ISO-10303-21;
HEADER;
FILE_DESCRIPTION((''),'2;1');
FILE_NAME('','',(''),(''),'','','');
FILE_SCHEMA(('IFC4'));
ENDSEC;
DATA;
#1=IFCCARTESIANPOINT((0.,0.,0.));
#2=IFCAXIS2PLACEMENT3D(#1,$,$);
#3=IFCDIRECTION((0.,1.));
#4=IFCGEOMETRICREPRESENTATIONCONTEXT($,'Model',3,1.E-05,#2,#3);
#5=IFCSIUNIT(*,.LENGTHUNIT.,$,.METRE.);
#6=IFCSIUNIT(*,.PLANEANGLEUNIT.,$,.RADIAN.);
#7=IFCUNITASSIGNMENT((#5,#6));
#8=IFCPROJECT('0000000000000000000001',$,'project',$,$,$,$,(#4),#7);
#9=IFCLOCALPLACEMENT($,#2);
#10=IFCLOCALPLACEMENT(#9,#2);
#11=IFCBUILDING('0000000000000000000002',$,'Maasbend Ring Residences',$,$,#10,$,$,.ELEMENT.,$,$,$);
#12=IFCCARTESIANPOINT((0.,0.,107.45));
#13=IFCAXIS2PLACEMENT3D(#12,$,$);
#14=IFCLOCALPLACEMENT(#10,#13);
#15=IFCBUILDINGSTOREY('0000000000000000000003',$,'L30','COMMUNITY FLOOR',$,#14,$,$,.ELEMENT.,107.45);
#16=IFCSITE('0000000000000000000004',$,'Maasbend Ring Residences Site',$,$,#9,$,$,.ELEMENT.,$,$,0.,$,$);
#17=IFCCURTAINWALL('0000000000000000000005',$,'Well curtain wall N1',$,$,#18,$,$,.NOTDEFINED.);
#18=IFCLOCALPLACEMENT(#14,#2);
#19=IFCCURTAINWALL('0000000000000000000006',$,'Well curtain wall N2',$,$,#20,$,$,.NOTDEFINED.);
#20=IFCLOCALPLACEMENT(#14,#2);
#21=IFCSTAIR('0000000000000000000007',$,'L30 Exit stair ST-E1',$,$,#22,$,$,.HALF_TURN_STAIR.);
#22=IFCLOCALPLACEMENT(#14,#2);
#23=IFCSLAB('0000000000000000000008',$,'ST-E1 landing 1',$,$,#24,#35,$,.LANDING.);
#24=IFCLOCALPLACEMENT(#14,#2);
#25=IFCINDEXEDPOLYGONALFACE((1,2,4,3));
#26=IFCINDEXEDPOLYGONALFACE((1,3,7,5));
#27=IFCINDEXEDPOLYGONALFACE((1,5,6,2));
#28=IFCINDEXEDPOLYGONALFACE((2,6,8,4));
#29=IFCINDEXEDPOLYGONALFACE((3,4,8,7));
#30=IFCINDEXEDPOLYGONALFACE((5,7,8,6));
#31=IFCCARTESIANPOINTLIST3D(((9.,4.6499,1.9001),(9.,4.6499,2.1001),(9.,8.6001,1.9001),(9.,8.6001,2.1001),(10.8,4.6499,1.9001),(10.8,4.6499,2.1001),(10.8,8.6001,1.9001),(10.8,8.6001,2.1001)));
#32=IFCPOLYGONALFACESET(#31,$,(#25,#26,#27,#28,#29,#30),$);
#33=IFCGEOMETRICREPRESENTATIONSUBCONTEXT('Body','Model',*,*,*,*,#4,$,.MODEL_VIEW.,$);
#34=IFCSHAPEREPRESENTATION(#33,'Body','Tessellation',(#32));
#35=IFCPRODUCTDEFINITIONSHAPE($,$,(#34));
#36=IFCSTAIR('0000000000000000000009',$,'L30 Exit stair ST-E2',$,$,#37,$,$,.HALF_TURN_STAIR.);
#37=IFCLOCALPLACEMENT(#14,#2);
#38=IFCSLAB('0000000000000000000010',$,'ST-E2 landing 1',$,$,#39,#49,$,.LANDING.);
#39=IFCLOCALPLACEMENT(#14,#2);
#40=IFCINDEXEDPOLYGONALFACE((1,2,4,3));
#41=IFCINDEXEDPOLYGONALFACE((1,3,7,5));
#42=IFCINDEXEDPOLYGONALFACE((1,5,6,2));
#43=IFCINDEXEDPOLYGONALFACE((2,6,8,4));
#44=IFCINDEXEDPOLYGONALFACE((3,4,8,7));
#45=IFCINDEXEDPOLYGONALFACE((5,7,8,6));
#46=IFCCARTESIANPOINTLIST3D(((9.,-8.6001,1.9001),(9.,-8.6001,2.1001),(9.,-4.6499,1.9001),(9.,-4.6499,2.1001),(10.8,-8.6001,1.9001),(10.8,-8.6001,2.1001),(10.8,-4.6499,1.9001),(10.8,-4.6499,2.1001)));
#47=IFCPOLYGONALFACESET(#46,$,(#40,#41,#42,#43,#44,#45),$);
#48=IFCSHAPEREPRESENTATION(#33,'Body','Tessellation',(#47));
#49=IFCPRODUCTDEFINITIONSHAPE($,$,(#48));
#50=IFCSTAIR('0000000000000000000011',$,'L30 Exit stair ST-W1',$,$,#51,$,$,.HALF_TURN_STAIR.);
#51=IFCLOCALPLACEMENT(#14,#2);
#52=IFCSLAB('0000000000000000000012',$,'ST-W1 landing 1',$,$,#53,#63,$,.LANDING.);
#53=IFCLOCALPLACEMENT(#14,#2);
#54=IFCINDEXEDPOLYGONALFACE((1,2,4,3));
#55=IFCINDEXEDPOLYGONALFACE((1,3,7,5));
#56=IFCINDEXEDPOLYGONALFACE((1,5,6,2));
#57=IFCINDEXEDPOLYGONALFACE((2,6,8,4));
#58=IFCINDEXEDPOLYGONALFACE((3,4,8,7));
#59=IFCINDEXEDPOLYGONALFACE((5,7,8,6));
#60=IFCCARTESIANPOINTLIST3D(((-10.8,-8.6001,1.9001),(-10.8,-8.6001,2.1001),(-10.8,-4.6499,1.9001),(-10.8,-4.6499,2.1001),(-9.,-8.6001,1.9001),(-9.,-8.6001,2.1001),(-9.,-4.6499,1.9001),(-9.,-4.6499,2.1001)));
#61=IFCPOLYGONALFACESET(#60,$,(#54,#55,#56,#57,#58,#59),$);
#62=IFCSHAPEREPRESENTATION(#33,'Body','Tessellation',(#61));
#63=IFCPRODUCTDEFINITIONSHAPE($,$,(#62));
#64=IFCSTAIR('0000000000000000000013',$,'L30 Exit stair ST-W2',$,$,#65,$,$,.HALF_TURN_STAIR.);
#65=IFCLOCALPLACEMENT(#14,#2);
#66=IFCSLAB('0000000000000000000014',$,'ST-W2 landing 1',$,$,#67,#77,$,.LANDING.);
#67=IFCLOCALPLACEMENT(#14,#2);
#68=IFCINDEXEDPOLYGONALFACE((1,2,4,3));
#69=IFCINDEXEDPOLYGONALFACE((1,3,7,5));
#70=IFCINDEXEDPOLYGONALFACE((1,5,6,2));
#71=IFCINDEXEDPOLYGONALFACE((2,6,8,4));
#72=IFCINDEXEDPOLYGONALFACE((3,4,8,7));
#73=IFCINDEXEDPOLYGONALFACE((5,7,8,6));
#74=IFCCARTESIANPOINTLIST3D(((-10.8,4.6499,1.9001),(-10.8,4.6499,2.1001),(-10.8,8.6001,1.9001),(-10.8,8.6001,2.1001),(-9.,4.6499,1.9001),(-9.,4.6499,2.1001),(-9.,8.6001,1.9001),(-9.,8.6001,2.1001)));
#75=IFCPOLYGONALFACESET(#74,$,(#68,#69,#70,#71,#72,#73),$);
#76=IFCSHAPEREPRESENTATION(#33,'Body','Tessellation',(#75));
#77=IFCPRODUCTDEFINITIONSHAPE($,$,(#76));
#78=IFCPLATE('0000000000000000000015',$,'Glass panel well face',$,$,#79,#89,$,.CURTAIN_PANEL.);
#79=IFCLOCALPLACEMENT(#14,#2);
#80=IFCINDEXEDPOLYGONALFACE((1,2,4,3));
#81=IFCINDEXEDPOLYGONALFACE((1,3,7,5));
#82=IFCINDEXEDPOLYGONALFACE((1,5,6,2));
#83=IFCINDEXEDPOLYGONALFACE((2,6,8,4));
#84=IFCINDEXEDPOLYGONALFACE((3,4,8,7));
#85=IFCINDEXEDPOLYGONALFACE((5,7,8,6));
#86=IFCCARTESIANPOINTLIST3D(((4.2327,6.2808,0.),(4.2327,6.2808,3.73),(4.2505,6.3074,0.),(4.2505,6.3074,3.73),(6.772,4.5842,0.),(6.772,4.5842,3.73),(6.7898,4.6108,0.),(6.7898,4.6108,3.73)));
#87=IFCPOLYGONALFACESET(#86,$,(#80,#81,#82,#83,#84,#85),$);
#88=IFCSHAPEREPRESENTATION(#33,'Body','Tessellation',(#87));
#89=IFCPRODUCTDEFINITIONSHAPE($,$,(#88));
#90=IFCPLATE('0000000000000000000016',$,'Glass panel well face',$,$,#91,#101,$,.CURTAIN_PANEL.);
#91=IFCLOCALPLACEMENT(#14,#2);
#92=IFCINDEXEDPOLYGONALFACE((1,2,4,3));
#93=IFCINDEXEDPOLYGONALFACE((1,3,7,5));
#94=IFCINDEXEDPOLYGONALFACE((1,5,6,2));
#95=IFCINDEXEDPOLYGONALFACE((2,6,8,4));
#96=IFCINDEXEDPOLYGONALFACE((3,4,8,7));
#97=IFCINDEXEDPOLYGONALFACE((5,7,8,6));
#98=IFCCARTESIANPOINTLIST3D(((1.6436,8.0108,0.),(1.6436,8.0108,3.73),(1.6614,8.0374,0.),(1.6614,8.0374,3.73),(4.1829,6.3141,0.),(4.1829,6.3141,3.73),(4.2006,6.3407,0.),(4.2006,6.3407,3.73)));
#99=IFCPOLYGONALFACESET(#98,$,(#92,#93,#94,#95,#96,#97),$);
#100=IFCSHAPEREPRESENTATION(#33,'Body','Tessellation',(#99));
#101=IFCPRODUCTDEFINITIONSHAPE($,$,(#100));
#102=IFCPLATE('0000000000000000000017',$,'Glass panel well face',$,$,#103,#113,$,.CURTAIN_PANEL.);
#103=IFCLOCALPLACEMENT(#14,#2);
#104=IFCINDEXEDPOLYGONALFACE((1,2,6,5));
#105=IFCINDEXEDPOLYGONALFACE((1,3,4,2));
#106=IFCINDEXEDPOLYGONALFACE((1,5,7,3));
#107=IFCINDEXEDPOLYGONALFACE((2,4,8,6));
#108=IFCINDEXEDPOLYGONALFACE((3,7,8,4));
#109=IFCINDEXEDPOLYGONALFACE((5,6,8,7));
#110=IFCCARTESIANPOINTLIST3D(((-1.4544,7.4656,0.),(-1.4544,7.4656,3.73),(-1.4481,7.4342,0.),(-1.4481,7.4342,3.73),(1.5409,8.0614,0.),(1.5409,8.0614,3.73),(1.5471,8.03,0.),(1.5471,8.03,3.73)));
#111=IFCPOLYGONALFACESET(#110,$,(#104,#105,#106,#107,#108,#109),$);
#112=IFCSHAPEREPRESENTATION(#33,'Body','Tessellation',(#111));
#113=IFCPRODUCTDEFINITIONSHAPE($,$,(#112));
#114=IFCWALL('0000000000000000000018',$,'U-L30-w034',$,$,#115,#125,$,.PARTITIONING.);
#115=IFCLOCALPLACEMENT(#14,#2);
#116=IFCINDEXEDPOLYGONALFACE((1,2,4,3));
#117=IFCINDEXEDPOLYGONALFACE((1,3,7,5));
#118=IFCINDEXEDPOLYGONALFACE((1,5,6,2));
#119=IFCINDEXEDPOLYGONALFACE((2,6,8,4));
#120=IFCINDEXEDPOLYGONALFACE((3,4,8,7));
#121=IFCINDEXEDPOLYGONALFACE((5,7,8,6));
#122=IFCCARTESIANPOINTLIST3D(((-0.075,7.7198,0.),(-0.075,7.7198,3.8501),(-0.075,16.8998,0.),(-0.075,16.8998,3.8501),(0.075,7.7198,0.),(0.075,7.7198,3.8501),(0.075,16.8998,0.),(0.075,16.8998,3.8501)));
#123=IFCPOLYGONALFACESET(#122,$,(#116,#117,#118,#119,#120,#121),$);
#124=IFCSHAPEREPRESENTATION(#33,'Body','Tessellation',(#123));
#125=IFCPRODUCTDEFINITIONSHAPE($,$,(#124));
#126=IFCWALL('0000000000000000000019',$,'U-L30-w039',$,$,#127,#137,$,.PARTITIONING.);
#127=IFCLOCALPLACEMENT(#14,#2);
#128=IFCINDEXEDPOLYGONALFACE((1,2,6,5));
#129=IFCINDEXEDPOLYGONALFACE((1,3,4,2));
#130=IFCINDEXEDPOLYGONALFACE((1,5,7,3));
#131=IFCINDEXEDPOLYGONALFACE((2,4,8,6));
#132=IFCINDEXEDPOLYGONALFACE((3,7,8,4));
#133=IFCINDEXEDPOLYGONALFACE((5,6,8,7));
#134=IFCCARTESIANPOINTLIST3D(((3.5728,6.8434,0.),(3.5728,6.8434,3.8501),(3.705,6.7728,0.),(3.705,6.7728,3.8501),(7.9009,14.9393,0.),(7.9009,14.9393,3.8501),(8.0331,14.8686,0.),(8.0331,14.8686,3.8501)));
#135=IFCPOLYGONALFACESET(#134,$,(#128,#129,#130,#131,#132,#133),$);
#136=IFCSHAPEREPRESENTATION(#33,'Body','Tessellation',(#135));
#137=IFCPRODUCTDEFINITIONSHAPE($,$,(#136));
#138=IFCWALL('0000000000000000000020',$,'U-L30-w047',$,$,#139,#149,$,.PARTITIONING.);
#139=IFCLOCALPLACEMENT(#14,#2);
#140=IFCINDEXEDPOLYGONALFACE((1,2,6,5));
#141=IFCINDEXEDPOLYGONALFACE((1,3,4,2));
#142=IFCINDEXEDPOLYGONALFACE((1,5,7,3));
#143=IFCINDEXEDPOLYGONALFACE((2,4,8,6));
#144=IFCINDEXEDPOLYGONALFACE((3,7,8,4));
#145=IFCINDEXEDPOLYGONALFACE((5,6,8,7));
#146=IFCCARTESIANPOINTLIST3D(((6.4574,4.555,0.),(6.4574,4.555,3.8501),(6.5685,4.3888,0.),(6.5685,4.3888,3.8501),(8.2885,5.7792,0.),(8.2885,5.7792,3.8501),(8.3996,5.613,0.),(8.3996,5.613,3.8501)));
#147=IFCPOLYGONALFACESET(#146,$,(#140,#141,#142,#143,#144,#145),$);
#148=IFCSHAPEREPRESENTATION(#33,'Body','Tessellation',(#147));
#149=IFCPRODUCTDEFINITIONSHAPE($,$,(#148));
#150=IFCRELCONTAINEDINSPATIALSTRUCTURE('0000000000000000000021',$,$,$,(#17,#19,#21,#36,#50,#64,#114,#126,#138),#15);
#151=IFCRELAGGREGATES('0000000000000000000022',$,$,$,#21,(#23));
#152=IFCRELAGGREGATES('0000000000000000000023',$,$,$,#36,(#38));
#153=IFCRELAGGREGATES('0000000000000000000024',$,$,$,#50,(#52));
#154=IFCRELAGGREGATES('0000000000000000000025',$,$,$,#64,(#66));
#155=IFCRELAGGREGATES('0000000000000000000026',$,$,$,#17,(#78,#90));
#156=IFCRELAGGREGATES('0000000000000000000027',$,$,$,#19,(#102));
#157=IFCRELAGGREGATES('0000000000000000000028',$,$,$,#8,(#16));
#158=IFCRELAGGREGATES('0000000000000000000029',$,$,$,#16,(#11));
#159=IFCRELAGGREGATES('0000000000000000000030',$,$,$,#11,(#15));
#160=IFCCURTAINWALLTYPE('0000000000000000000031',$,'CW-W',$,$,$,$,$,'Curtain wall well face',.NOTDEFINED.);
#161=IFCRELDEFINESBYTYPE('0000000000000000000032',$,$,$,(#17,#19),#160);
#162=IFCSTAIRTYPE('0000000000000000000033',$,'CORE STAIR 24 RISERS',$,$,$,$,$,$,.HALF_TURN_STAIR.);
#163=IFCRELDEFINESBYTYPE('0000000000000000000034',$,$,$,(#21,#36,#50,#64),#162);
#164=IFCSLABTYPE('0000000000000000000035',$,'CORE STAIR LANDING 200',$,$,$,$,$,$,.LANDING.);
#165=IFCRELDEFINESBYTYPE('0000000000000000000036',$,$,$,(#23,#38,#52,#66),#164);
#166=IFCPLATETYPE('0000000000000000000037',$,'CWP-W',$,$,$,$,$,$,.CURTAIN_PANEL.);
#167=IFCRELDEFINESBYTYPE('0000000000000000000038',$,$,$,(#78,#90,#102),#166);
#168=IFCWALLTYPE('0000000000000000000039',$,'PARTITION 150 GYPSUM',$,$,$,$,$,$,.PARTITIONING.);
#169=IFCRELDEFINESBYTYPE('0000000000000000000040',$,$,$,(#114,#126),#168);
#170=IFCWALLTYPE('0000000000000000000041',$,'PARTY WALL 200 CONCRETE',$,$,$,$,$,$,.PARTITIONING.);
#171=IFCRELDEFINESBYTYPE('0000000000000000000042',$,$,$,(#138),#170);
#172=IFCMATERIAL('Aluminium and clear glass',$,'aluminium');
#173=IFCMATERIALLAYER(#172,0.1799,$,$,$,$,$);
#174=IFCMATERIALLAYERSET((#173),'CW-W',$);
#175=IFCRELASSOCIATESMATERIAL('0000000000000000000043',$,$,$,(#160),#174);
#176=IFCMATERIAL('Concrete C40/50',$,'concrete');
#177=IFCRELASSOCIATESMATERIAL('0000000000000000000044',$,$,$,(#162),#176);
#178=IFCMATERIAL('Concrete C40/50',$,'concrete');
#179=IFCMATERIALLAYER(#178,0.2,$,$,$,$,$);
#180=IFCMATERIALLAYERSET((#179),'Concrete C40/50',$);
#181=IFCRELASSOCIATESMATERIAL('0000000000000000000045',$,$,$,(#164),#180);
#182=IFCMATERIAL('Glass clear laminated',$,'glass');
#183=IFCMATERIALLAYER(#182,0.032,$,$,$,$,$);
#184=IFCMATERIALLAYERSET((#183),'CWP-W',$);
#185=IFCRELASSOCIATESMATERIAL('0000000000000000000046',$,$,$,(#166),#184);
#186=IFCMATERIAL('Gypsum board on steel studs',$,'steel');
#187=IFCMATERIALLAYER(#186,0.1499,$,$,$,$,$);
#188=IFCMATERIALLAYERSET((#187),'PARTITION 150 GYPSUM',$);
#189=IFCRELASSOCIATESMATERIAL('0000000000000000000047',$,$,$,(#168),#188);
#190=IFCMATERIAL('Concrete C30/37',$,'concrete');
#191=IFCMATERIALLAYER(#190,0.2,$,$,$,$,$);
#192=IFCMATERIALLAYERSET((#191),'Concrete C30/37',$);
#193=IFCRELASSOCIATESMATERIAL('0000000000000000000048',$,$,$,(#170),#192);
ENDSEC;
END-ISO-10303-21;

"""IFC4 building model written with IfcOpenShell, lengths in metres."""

from ifc_helpers import new_model, si_unit, direction, frame, frame_2d, origin, origin_2d, place, context, subcontext, project, spatial, polyline, rectangle, outline, extrude, material, layer, layer_set, type_object, element, aggregate, save


model = new_model("IFC4")

# Units and contexts
model_context = context("Model", 3, precision=1e-05, world=origin(), true_north=direction((0.0, 1.0)))
body_context = subcontext(model_context, "Body", "Model", "MODEL_VIEW")
ifc_project = project(units=[si_unit("LENGTHUNIT", "METRE"), si_unit("PLANEANGLEUNIT", "RADIAN")], contexts=[model_context])

# Site, building, storey
site_placement = place(None, origin())
site = spatial("IfcSite", under=ifc_project, at=site_placement, Name="Maasbend Ring Residences Site", CompositionType="ELEMENT", RefElevation=0.0)
building_placement = place(site_placement, origin())
building = spatial("IfcBuilding", under=site, at=building_placement, Name="Maasbend Ring Residences", CompositionType="ELEMENT")
storey_placement = place(building_placement, frame((0.0, 0.0, 107.45)))
storey = spatial("IfcBuildingStorey", under=building, at=storey_placement, Name="L30", Description="COMMUNITY FLOOR", CompositionType="ELEMENT", Elevation=107.45)

# Curtain wall
ifc_material_1 = material(Name="Aluminium and clear glass", Category="aluminium")
ifc_layer_1 = layer(ifc_material_1, 0.1799)
ifc_layer_set_1 = layer_set([ifc_layer_1], Name="CW-W")
curtain_wall_type = type_object("IfcCurtainWallType", Name="CW-W", ElementType="Curtain wall well face", PredefinedType="NOTDEFINED", material=ifc_layer_set_1)
curtain_wall_1_placement = place(storey_placement, origin())
curtain_wall_1 = element("IfcCurtainWall", 1, at=curtain_wall_1_placement, inside=storey, type_object=curtain_wall_type, Name="Well curtain wall N1", PredefinedType="NOTDEFINED")

# Curtain wall
curtain_wall_2_placement = place(storey_placement, origin())
curtain_wall_2 = element("IfcCurtainWall", 2, at=curtain_wall_2_placement, inside=storey, type_object=curtain_wall_type, Name="Well curtain wall N2", PredefinedType="NOTDEFINED")

# Stairs, slabs
ifc_material_2 = material(Name="Concrete C40/50", Category="concrete")
stair_type = type_object("IfcStairType", Name="CORE STAIR 24 RISERS", PredefinedType="HALF_TURN_STAIR", material=ifc_material_2)
stair_1_placement = place(storey_placement, origin())
stair_1 = element("IfcStair", 3, at=stair_1_placement, inside=storey, type_object=stair_type, Name="L30 Exit stair ST-E1", PredefinedType="HALF_TURN_STAIR")
ifc_material_3 = material(Name="Concrete C40/50", Category="concrete")
ifc_layer_2 = layer(ifc_material_3, 0.2)
ifc_layer_set_2 = layer_set([ifc_layer_2], Name="Concrete C40/50")
slab_type = type_object("IfcSlabType", Name="CORE STAIR LANDING 200", PredefinedType="LANDING", material=ifc_layer_set_2)
slab_1_placement = place(storey_placement, frame((0.0, 0.0, 1.9001)))
slab_1 = element("IfcSlab", 4, at=slab_1_placement, type_object=slab_type, Name="ST-E1 landing 1", PredefinedType="LANDING", context=body_context, shape_type="SweptSolid", body=[
    extrude(outline(polyline([(10.8, 8.6001), (9.0, 8.6001), (9.0, 4.6499), (10.8, 4.6499), (10.8, 8.6001)])), origin(), (0.0, 0.0, 1.0), 0.2),
])
aggregate(stair_1, [slab_1])
stair_2_placement = place(storey_placement, origin())
stair_2 = element("IfcStair", 5, at=stair_2_placement, inside=storey, type_object=stair_type, Name="L30 Exit stair ST-E2", PredefinedType="HALF_TURN_STAIR")
slab_2_placement = place(storey_placement, frame((0.0, 0.0, 1.9001)))
slab_2 = element("IfcSlab", 6, at=slab_2_placement, type_object=slab_type, Name="ST-E2 landing 1", PredefinedType="LANDING", context=body_context, shape_type="SweptSolid", body=[
    extrude(outline(polyline([(10.8, -4.6499), (9.0, -4.6499), (9.0, -8.6001), (10.8, -8.6001), (10.8, -4.6499)])), origin(), (0.0, 0.0, 1.0), 0.2),
])
aggregate(stair_2, [slab_2])
stair_3_placement = place(storey_placement, origin())
stair_3 = element("IfcStair", 7, at=stair_3_placement, inside=storey, type_object=stair_type, Name="L30 Exit stair ST-W1", PredefinedType="HALF_TURN_STAIR")
slab_3_placement = place(storey_placement, frame((0.0, 0.0, 1.9001)))
slab_3 = element("IfcSlab", 8, at=slab_3_placement, type_object=slab_type, Name="ST-W1 landing 1", PredefinedType="LANDING", context=body_context, shape_type="SweptSolid", body=[
    extrude(outline(polyline([(-10.8, -8.6001), (-9.0, -8.6001), (-9.0, -4.6499), (-10.8, -4.6499), (-10.8, -8.6001)])), origin(), (0.0, 0.0, 1.0), 0.2),
])
aggregate(stair_3, [slab_3])
stair_4_placement = place(storey_placement, origin())
stair_4 = element("IfcStair", 9, at=stair_4_placement, inside=storey, type_object=stair_type, Name="L30 Exit stair ST-W2", PredefinedType="HALF_TURN_STAIR")
slab_4_placement = place(storey_placement, frame((0.0, 0.0, 1.9001)))
slab_4 = element("IfcSlab", 10, at=slab_4_placement, type_object=slab_type, Name="ST-W2 landing 1", PredefinedType="LANDING", context=body_context, shape_type="SweptSolid", body=[
    extrude(outline(polyline([(-10.8, 4.6499), (-9.0, 4.6499), (-9.0, 8.6001), (-10.8, 8.6001), (-10.8, 4.6499)])), origin(), (0.0, 0.0, 1.0), 0.2),
])
aggregate(stair_4, [slab_4])

# Plates
ifc_material_4 = material(Name="Glass clear laminated", Category="glass")
ifc_layer_3 = layer(ifc_material_4, 0.032)
ifc_layer_set_3 = layer_set([ifc_layer_3], Name="CWP-W")
plate_type = type_object("IfcPlateType", Name="CWP-W", PredefinedType="CURTAIN_PANEL", material=ifc_layer_set_3)
plate_1_placement = place(storey_placement, frame((5.5112, 5.4458, 0.0), z_axis=(0.0, 0.0, 1.0), x_axis=(-0.83147, 0.55557, 0.0)))
plate_1 = element("IfcPlate", 11, at=plate_1_placement, type_object=plate_type, Name="Glass panel well face", PredefinedType="CURTAIN_PANEL", context=body_context, shape_type="SweptSolid", body=[
    extrude(rectangle(XDim=3.054, YDim=0.032, at=origin_2d()), origin(), (0.0, 0.0, 1.0), 3.73),
])
plate_2_placement = place(storey_placement, frame((2.9221, 7.1758, 0.0), z_axis=(0.0, 0.0, 1.0), x_axis=(-0.83147, 0.55557, 0.0)))
plate_2 = element("IfcPlate", 12, at=plate_2_placement, type_object=plate_type, Name="Glass panel well face", PredefinedType="CURTAIN_PANEL", context=body_context, shape_type="SweptSolid", body=[
    extrude(rectangle(XDim=3.054, YDim=0.032, at=origin_2d()), origin(), (0.0, 0.0, 1.0), 3.73),
])
aggregate(curtain_wall_1, [plate_1, plate_2])
plate_3_placement = place(storey_placement, frame((0.0464, 7.7478, 0.0), z_axis=(0.0, 0.0, 1.0), x_axis=(-0.980785, -0.19509, 0.0)))
plate_3 = element("IfcPlate", 13, at=plate_3_placement, type_object=plate_type, Name="Glass panel well face", PredefinedType="CURTAIN_PANEL", context=body_context, shape_type="SweptSolid", body=[
    extrude(rectangle(XDim=3.054, YDim=0.032, at=origin_2d()), origin(), (0.0, 0.0, 1.0), 3.73),
])
aggregate(curtain_wall_2, [plate_3])

# Walls
ifc_material_5 = material(Name="Gypsum board on steel studs", Category="steel")
ifc_layer_4 = layer(ifc_material_5, 0.1499)
ifc_layer_set_4 = layer_set([ifc_layer_4], Name="PARTITION 150 GYPSUM")
wall_type_1 = type_object("IfcWallType", Name="PARTITION 150 GYPSUM", PredefinedType="PARTITIONING", material=ifc_layer_set_4)
wall_1_placement = place(storey_placement, frame((0.0, 7.72, 0.0), z_axis=(0.0, 0.0, 1.0), x_axis=(0.0, 1.0, 0.0)))
element("IfcWall", 14, at=wall_1_placement, inside=storey, type_object=wall_type_1, Name="U-L30-w034", PredefinedType="PARTITIONING", context=body_context, shape_type="SweptSolid", body=[
    extrude(rectangle(XDim=9.1799, YDim=0.1499, at=frame_2d((4.5898, 0.0))), origin(), (0.0, 0.0, 1.0), 3.8501),
])
wall_2_placement = place(storey_placement, frame((3.6389, 6.8081, 0.0), z_axis=(0.0, 0.0, 1.0), x_axis=(0.47146, 0.881887, 0.0)))
element("IfcWall", 15, at=wall_2_placement, inside=storey, type_object=wall_type_1, Name="U-L30-w039", PredefinedType="PARTITIONING", context=body_context, shape_type="SweptSolid", body=[
    extrude(rectangle(XDim=9.1802, YDim=0.1499, at=frame_2d((4.5901, 0.0))), origin(), (0.0, 0.0, 1.0), 3.8501),
])
ifc_material_6 = material(Name="Concrete C30/37", Category="concrete")
ifc_layer_5 = layer(ifc_material_6, 0.2)
ifc_layer_set_5 = layer_set([ifc_layer_5], Name="Concrete C30/37")
wall_type_2 = type_object("IfcWallType", Name="PARTY WALL 200 CONCRETE", PredefinedType="PARTITIONING", material=ifc_layer_set_5)
wall_3_placement = place(storey_placement, frame((6.5129, 4.4719, 0.0), z_axis=(0.0, 0.0, 1.0), x_axis=(0.831333, 0.555774, 0.0)))
element("IfcWall", 16, at=wall_3_placement, inside=storey, type_object=wall_type_2, Name="U-L30-w047", PredefinedType="PARTITIONING", context=body_context, shape_type="SweptSolid", body=[
    extrude(rectangle(XDim=2.2026, YDim=0.2, at=frame_2d((1.1013, 0.0))), origin(), (0.0, 0.0, 1.0), 3.8501),
])

save(model, "model.ifc")
